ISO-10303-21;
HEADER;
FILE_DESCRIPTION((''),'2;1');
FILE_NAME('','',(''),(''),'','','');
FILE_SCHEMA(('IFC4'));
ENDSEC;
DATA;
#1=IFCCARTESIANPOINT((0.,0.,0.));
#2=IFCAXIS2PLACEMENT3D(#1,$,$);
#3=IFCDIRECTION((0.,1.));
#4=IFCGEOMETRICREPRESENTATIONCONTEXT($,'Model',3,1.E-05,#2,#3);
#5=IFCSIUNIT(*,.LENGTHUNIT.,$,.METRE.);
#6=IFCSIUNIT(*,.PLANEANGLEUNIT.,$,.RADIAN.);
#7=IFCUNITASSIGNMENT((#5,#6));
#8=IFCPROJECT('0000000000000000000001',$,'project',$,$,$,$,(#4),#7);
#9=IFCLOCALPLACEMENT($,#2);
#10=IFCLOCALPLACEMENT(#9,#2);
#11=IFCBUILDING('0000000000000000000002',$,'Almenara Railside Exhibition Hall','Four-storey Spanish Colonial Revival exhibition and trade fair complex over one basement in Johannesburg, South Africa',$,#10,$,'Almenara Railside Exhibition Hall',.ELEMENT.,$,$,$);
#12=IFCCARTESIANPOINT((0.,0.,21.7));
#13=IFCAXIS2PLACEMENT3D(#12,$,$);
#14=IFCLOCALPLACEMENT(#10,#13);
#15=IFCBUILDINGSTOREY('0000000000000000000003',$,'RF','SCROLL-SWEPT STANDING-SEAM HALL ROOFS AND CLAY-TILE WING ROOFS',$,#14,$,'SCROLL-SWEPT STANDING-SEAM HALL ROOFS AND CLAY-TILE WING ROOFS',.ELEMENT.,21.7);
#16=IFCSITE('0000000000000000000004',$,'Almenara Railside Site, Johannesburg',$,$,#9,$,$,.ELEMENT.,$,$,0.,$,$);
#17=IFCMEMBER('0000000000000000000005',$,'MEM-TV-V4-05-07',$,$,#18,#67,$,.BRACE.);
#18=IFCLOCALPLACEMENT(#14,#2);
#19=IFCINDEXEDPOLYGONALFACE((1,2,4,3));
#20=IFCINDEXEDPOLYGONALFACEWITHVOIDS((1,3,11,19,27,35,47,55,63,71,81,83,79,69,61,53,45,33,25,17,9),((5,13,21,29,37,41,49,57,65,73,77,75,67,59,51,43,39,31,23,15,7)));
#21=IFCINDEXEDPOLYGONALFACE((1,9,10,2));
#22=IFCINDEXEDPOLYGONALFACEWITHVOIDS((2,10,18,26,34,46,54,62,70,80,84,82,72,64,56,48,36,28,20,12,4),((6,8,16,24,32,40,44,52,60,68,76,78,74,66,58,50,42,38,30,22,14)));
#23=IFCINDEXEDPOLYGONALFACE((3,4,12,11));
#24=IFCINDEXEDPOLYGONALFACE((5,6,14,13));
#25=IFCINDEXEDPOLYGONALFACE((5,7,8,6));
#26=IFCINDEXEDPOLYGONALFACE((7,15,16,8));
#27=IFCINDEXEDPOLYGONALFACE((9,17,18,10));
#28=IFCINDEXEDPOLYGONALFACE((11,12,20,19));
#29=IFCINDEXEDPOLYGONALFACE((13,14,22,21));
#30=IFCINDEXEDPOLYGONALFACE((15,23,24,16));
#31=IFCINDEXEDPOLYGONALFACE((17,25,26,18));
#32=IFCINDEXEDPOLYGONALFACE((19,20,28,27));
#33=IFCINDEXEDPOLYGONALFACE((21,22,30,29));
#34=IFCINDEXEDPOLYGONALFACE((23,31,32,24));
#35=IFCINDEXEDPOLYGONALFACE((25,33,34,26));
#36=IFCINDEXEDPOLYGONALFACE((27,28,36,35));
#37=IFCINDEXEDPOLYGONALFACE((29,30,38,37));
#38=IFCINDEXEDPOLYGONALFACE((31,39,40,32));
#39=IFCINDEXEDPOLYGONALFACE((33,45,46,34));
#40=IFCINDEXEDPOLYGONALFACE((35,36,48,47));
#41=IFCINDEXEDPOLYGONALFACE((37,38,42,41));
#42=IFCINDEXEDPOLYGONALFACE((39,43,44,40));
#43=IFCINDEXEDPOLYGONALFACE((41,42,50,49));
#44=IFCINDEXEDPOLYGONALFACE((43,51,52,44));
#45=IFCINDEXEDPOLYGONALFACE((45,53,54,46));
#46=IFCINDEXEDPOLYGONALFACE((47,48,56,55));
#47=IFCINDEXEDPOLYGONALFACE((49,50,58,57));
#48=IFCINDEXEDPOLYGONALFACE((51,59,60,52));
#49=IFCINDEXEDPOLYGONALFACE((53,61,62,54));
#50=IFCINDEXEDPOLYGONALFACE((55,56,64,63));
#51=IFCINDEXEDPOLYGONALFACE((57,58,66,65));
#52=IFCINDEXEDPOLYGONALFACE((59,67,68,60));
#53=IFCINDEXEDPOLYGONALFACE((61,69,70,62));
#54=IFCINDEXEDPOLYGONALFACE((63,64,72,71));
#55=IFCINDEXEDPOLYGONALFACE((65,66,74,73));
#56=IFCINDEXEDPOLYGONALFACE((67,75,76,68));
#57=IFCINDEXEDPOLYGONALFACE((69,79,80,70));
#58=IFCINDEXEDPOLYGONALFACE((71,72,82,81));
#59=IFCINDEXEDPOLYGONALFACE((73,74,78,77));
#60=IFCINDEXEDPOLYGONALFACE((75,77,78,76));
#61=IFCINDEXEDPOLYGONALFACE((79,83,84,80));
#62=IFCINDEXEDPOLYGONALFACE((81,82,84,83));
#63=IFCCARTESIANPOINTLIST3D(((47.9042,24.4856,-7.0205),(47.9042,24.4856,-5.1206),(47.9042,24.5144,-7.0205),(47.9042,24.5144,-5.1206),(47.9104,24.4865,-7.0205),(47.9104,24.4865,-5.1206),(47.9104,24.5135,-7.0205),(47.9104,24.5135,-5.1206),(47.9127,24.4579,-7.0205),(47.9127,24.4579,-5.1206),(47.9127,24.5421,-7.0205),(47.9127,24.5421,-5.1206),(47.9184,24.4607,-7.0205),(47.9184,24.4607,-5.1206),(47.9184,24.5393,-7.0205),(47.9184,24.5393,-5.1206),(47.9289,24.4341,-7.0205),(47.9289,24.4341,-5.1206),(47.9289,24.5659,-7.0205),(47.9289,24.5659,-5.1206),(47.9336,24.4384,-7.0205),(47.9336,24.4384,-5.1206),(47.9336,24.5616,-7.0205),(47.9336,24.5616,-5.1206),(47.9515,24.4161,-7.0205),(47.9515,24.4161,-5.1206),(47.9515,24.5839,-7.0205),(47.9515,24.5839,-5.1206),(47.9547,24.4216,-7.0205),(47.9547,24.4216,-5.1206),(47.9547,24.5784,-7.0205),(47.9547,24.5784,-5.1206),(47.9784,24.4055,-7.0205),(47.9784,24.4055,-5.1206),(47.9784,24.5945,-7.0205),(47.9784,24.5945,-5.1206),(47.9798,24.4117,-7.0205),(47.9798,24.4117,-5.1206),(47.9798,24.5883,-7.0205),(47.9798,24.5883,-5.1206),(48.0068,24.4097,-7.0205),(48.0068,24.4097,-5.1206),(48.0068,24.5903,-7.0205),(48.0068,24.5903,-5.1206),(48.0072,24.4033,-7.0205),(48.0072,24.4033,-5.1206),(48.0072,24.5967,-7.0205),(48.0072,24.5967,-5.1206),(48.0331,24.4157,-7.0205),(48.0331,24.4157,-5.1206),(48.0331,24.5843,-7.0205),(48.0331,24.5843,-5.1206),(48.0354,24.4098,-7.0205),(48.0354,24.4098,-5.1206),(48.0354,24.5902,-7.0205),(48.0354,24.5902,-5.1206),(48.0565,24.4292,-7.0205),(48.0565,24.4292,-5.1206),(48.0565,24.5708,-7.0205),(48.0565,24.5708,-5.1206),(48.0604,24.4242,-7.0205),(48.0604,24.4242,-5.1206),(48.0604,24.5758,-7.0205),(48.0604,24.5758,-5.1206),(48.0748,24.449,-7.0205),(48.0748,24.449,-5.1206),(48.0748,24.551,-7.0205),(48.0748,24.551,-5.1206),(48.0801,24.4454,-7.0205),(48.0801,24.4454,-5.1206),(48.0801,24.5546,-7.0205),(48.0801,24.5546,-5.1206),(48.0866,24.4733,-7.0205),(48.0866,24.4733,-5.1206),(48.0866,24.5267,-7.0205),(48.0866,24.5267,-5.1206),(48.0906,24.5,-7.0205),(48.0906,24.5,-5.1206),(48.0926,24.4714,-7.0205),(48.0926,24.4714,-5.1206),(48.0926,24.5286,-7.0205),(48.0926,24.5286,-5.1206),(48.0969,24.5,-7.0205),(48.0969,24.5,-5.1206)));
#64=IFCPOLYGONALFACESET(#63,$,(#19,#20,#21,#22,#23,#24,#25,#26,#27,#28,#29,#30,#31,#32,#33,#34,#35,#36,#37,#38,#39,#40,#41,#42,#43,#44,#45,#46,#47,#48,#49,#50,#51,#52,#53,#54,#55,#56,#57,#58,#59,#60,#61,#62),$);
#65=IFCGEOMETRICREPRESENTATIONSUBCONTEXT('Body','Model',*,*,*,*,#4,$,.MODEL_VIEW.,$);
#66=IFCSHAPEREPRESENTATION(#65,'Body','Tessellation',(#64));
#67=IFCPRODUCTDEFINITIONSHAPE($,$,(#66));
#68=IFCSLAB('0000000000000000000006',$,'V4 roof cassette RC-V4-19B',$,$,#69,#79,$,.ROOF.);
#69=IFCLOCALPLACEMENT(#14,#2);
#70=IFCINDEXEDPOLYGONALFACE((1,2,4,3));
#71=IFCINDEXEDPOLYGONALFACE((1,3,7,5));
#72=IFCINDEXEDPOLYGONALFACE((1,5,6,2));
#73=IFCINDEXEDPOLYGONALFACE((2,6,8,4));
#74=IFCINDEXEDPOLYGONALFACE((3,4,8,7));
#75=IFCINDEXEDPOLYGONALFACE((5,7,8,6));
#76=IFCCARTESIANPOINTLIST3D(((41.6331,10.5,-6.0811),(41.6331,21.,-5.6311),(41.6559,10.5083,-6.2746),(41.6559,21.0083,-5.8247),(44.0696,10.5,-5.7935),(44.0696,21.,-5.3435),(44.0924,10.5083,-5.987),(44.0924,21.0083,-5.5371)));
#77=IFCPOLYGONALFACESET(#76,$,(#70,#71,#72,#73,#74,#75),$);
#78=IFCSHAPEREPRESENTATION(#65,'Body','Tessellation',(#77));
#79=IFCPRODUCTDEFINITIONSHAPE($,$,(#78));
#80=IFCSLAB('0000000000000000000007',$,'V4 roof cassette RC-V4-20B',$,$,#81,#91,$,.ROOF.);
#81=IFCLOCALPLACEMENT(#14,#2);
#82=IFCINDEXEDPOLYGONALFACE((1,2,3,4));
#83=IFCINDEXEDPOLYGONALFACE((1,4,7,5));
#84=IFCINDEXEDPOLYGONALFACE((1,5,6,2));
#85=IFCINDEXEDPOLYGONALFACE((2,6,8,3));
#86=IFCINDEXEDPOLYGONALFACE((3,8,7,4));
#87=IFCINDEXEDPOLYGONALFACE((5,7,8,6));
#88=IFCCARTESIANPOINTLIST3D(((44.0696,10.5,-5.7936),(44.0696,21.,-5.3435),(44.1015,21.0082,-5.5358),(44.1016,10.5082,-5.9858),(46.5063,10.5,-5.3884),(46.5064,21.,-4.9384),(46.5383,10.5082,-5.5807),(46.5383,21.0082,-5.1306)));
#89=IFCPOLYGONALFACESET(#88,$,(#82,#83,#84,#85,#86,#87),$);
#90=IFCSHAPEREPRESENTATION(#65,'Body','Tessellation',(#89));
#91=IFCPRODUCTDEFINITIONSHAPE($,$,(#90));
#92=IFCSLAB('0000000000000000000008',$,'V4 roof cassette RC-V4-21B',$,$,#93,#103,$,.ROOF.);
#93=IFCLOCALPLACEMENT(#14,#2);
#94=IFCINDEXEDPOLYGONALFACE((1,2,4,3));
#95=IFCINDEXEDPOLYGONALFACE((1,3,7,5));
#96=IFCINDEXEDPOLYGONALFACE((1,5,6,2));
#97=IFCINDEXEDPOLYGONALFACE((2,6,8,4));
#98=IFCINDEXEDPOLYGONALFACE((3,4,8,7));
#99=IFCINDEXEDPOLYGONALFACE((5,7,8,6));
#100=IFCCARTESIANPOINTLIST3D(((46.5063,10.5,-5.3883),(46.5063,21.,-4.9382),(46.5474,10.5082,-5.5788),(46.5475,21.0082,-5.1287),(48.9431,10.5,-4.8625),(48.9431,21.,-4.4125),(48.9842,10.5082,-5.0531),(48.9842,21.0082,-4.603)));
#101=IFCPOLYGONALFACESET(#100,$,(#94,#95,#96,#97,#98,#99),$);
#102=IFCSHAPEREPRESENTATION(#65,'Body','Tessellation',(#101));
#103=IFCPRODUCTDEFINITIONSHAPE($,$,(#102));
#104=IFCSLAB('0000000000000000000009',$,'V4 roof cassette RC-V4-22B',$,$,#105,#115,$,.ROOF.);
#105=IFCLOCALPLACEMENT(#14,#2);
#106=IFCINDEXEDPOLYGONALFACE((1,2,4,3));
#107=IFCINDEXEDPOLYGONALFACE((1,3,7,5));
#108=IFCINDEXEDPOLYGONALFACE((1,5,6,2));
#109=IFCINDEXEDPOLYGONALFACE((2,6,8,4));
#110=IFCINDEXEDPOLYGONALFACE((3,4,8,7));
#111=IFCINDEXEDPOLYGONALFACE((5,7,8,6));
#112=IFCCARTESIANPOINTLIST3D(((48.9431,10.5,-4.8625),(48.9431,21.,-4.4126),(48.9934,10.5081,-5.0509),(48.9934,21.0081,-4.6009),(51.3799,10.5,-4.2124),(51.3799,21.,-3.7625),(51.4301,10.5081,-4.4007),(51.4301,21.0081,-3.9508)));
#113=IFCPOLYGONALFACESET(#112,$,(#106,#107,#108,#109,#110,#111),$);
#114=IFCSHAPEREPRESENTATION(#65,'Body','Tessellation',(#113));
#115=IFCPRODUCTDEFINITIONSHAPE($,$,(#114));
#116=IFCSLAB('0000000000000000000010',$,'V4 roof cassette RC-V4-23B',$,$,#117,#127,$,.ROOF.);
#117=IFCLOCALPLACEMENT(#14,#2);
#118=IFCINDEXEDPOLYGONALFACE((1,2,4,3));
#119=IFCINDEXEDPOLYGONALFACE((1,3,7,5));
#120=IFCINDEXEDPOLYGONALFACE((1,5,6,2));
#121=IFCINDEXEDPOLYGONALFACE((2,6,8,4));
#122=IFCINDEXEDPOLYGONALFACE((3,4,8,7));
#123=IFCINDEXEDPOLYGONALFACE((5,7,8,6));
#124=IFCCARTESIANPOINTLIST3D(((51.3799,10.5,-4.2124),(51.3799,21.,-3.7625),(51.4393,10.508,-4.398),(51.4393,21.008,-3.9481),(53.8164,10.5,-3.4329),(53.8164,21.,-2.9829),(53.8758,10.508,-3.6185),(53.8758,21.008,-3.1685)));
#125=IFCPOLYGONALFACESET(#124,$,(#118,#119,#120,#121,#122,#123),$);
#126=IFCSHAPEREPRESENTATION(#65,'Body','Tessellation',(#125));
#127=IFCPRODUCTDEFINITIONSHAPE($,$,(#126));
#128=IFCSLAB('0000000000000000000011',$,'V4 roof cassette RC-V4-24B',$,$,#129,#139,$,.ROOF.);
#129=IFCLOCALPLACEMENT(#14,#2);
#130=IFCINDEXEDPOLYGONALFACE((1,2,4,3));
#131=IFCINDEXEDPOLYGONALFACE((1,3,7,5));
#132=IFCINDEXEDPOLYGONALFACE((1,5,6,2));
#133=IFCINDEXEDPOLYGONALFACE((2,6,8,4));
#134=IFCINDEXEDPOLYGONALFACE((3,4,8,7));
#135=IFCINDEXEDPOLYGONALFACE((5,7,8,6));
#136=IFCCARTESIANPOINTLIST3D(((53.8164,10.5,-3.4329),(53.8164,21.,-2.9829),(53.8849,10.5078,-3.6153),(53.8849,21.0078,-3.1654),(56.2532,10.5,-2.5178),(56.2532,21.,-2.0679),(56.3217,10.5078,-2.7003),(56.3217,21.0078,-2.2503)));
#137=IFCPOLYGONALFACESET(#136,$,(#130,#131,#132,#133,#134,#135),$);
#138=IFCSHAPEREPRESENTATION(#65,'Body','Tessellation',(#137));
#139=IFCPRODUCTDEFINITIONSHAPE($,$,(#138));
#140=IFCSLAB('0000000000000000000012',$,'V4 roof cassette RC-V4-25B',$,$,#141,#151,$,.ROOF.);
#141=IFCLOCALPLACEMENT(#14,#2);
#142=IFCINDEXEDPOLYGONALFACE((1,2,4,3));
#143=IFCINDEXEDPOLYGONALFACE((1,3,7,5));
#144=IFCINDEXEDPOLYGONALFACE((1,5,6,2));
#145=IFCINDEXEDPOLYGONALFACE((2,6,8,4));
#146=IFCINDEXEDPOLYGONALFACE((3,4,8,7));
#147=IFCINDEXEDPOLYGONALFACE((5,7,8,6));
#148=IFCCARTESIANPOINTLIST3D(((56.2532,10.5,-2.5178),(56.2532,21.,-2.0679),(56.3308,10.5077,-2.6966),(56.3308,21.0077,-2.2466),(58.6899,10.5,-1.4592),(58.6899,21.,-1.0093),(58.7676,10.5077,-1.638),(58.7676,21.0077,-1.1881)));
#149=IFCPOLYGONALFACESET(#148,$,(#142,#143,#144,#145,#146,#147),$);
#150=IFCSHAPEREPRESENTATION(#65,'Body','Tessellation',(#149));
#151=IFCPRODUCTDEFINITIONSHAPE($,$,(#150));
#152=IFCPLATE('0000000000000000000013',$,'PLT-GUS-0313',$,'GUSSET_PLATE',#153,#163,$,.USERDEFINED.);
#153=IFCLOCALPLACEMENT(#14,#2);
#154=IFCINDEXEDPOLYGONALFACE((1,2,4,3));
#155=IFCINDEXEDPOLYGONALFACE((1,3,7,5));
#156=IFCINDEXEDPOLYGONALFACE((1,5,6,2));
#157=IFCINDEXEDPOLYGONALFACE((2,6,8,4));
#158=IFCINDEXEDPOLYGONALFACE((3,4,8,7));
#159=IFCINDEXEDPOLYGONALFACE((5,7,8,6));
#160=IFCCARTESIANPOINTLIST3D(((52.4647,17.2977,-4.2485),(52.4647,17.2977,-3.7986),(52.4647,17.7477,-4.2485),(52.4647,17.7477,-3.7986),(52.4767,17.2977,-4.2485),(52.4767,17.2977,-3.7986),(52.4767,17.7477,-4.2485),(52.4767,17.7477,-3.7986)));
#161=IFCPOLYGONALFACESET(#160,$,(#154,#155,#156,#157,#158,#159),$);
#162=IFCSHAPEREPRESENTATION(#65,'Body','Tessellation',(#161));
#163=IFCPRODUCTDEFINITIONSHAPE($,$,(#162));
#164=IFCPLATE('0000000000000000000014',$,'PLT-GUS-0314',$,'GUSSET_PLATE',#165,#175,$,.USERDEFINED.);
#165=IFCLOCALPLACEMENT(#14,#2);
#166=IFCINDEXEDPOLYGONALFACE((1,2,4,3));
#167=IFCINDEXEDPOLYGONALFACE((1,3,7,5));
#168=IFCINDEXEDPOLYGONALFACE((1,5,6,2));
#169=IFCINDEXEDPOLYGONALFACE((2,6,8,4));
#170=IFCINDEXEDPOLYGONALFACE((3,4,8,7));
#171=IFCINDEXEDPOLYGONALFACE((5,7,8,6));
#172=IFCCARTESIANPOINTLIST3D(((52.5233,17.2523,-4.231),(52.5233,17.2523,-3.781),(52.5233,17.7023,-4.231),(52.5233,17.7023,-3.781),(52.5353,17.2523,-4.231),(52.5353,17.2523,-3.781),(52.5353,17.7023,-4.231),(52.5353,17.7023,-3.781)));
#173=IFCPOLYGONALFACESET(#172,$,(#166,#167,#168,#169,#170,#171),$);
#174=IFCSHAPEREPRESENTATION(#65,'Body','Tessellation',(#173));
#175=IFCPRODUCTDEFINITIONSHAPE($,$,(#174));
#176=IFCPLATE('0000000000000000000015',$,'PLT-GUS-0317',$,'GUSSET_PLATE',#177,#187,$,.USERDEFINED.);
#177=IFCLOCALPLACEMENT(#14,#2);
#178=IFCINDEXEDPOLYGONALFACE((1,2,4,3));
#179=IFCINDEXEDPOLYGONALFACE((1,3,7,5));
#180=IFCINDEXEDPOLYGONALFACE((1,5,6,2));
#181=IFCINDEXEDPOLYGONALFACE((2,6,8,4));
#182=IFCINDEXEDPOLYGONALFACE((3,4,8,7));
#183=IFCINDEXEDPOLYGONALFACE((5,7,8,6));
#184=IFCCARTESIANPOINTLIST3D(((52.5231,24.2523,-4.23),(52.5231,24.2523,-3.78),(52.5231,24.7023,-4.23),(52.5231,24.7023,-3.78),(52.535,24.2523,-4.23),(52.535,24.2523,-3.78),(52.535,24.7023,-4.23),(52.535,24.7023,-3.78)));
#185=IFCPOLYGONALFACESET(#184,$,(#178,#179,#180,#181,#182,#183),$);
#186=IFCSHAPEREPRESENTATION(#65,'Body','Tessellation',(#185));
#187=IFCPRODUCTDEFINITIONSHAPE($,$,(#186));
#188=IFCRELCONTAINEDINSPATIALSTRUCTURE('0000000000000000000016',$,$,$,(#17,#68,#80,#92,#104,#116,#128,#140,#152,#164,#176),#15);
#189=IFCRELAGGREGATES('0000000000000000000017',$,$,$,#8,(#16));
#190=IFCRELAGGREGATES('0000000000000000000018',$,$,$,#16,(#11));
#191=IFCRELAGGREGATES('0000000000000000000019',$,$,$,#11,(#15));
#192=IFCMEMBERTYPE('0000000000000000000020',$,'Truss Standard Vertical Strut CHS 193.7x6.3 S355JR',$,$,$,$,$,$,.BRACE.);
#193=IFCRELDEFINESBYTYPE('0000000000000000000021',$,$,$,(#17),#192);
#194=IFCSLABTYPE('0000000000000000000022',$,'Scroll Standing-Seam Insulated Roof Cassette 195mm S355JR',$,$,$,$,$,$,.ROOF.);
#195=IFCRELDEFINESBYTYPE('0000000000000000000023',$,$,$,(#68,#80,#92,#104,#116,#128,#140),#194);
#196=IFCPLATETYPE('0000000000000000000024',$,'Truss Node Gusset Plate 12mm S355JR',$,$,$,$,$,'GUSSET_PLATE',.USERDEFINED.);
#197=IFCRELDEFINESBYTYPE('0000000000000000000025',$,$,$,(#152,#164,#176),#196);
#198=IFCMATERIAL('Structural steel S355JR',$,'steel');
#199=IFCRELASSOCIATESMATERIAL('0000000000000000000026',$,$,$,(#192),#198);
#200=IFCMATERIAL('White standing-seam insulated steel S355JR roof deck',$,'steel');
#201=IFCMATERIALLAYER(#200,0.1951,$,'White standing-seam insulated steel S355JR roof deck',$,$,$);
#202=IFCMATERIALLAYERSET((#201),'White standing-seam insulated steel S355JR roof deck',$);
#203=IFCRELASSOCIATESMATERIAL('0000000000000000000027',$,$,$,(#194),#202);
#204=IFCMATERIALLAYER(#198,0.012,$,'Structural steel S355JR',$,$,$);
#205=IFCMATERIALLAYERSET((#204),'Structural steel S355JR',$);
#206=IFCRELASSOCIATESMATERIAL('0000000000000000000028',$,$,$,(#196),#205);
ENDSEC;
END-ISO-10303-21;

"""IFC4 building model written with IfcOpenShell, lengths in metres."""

from ifc_helpers import new_model, si_unit, direction, frame, origin, origin_2d, place, context, subcontext, project, spatial, polyline, rectangle, hollow_circle, outline, extrude, material, layer, layer_set, material_profile, profile_set, type_object, element, save


model = new_model("IFC4")

# Units and contexts
model_context = context("Model", 3, precision=1e-05, world=origin(), true_north=direction((0.0, 1.0)))
body_context = subcontext(model_context, "Body", "Model", "MODEL_VIEW")
ifc_project = project(units=[si_unit("LENGTHUNIT", "METRE"), si_unit("PLANEANGLEUNIT", "RADIAN")], contexts=[model_context])

# Site, building, storey
site_placement = place(None, origin())
site = spatial("IfcSite", under=ifc_project, at=site_placement, Name="Almenara Railside Site, Johannesburg", CompositionType="ELEMENT", RefElevation=0.0)
building_placement = place(site_placement, origin())
building = spatial("IfcBuilding", under=site, at=building_placement, Name="Almenara Railside Exhibition Hall", Description="Four-storey Spanish Colonial Revival exhibition and trade fair complex over one basement in Johannesburg, South Africa", LongName="Almenara Railside Exhibition Hall", CompositionType="ELEMENT")
storey_placement = place(building_placement, frame((0.0, 0.0, 21.7)))
storey = spatial("IfcBuildingStorey", under=building, at=storey_placement, Name="RF", Description="SCROLL-SWEPT STANDING-SEAM HALL ROOFS AND CLAY-TILE WING ROOFS", LongName="SCROLL-SWEPT STANDING-SEAM HALL ROOFS AND CLAY-TILE WING ROOFS", CompositionType="ELEMENT", Elevation=21.7)

# Member
ifc_material_1 = material(Name="Structural steel S355JR", Category="steel")
ifc_material_profile_1 = material_profile(ifc_material_1, hollow_circle(Radius=0.0969, WallThickness=0.0063, at=origin_2d()), Name="CHS 193.7x6.3")
ifc_profile_set_1 = profile_set([ifc_material_profile_1], Name="Structural steel S355JR")
member_type_1 = type_object("IfcMemberType", Name="Truss Standard Vertical Strut CHS 193.7x6.3 S355JR", PredefinedType="BRACE", material=ifc_profile_set_1)
for number, where, z_axis, x_axis, name in (
    (1, (48.0, 24.5, -7.0205), (0.0, 0.0, 1.0), (1.0, 0.0, 0.0), "MEM-TV-V4-05-07"),
):
    element("IfcMember", number, at=place(storey_placement, frame(where, z_axis=z_axis, x_axis=x_axis)), inside=storey, type_object=member_type_1, Name=name, PredefinedType="BRACE", context=body_context, shape_type="SweptSolid", body=[
        extrude(hollow_circle(Radius=0.0969, WallThickness=0.0063, at=origin_2d()), origin(), (0.0, 0.0, 1.0), 1.8999),
    ])

# Slabs
ifc_material_2 = material(Name="White standing-seam insulated steel S355JR roof deck", Category="steel")
ifc_layer_1 = layer(ifc_material_2, 0.1951, Name="White standing-seam insulated steel S355JR roof deck")
ifc_layer_set_1 = layer_set([ifc_layer_1], Name="White standing-seam insulated steel S355JR roof deck")
slab_type = type_object("IfcSlabType", Name="Scroll Standing-Seam Insulated Roof Cassette 195mm S355JR", PredefinedType="ROOF", material=ifc_layer_set_1)
slab_1_placement = place(storey_placement, frame((41.6331, 21.0, -5.6311), z_axis=(-0.117116, -0.042519, 0.992208), x_axis=(0.993106, 0.0, 0.117222)))
element("IfcSlab", 2, at=slab_1_placement, inside=storey, type_object=slab_type, Name="V4 roof cassette RC-V4-19B", PredefinedType="ROOF", context=body_context, shape_type="SweptSolid", body=[
    extrude(outline(polyline([(0.0, 0.0), (2.4534, 0.0), (2.4007, -10.5095), (-0.0527, -10.5095), (0.0, 0.0)])), origin(), (0.0, 0.0, -1.0), 0.1951),
])
slab_2_placement = place(storey_placement, frame((44.0696, 21.0, -5.3435), z_axis=(-0.163868, -0.042246, 0.985577), x_axis=(0.986458, 0.000002, 0.164014)))
element("IfcSlab", 3, at=slab_2_placement, inside=storey, type_object=slab_type, Name="V4 roof cassette RC-V4-20B", PredefinedType="ROOF", context=body_context, shape_type="SweptSolid", body=[
    extrude(outline(polyline([(0.0, 0.0), (2.4702, 0.0), (2.3964, -10.5094), (-0.0738, -10.5094), (0.0, 0.0)])), origin(), (0.0, 0.0, -1.0), 0.1951),
])
slab_3_placement = place(storey_placement, frame((46.5063, 21.0, -4.9382), z_axis=(-0.210722, -0.041863, 0.976649), x_axis=(0.977506, -0.000002, 0.210907)))
element("IfcSlab", 4, at=slab_3_placement, inside=storey, type_object=slab_type, Name="V4 roof cassette RC-V4-21B", PredefinedType="ROOF", context=body_context, shape_type="SweptSolid", body=[
    extrude(outline(polyline([(0.0, 0.0), (2.4928, 0.0), (2.3979, -10.5092), (-0.0949, -10.5092), (0.0, 0.0)])), origin(), (0.0, 0.0, -1.0), 0.1951),
])
slab_4_placement = place(storey_placement, frame((48.9431, 21.0, -4.4126), z_axis=(-0.257568, -0.041369, 0.965374), x_axis=(0.966201, 0.0, 0.257789)))
element("IfcSlab", 5, at=slab_4_placement, inside=storey, type_object=slab_type, Name="V4 roof cassette RC-V4-22B", PredefinedType="ROOF", context=body_context, shape_type="SweptSolid", body=[
    extrude(outline(polyline([(0.0, 0.0), (2.522, 0.0), (2.406, -10.509), (-0.116, -10.509), (0.0, 0.0)])), origin(), (0.0, 0.0, -1.0), 0.1951),
])
slab_5_placement = place(storey_placement, frame((51.3799, 21.0, -3.7625), z_axis=(-0.30447, -0.040781, 0.951648), x_axis=(0.952441, 0.0, 0.304724)))
element("IfcSlab", 6, at=slab_5_placement, inside=storey, type_object=slab_type, Name="V4 roof cassette RC-V4-23B", PredefinedType="ROOF", context=body_context, shape_type="SweptSolid", body=[
    extrude(outline(polyline([(0.0, 0.0), (2.5582, 0.0), (2.4211, -10.5087), (-0.1371, -10.5087), (0.0, 0.0)])), origin(), (0.0, 0.0, -1.0), 0.1951),
])
slab_6_placement = place(storey_placement, frame((53.8164, 21.0, -2.9829), z_axis=(-0.351262, -0.040085, 0.935419), x_axis=(0.936171, 0.0, 0.351545)))
element("IfcSlab", 7, at=slab_6_placement, inside=storey, type_object=slab_type, Name="V4 roof cassette RC-V4-24B", PredefinedType="ROOF", context=body_context, shape_type="SweptSolid", body=[
    extrude(outline(polyline([(0.0, 0.0), (2.6029, 0.0), (2.4447, -10.5084), (-0.1582, -10.5084), (0.0, 0.0)])), origin(), (0.0, 0.0, -1.0), 0.1951),
])
slab_7_placement = place(storey_placement, frame((56.2532, 21.0, -2.0679), z_axis=(-0.398143, -0.039274, 0.916482), x_axis=(0.91719, 0.0, 0.398451)))
element("IfcSlab", 8, at=slab_7_placement, inside=storey, type_object=slab_type, Name="V4 roof cassette RC-V4-25B", PredefinedType="ROOF", context=body_context, shape_type="SweptSolid", body=[
    extrude(outline(polyline([(0.0, 0.0), (2.6568, 0.0), (2.4775, -10.5081), (-0.1793, -10.5081), (0.0, 0.0)])), origin(), (0.0, 0.0, -1.0), 0.1951),
])

# Plates
ifc_layer_2 = layer(ifc_material_1, 0.012, Name="Structural steel S355JR")
ifc_layer_set_2 = layer_set([ifc_layer_2], Name="Structural steel S355JR")
plate_type_1 = type_object("IfcPlateType", Name="Truss Node Gusset Plate 12mm S355JR", ElementType="GUSSET_PLATE", PredefinedType="USERDEFINED", material=ifc_layer_set_2)
for number, where, z_axis, x_axis, name in (
    (9, (52.4707, 17.5227, -4.2485), (0.0, 0.0, 1.0), (0.0, 1.0, 0.0), "PLT-GUS-0313"),
    (10, (52.5293, 17.4773, -4.231), (0.0, 0.0, 1.0), (0.0, 1.0, 0.0), "PLT-GUS-0314"),
    (11, (52.5291, 24.4773, -4.23), (0.0, 0.0, 1.0), (0.0, 1.0, 0.0), "PLT-GUS-0317"),
):
    element("IfcPlate", number, at=place(storey_placement, frame(where, z_axis=z_axis, x_axis=x_axis)), inside=storey, type_object=plate_type_1, Name=name, ObjectType="GUSSET_PLATE", PredefinedType="USERDEFINED", context=body_context, shape_type="SweptSolid", body=[
        extrude(rectangle(XDim=0.45, YDim=0.012, at=origin_2d()), origin(), (0.0, 0.0, 1.0), 0.45),
    ])

save(model, "model.ifc")
